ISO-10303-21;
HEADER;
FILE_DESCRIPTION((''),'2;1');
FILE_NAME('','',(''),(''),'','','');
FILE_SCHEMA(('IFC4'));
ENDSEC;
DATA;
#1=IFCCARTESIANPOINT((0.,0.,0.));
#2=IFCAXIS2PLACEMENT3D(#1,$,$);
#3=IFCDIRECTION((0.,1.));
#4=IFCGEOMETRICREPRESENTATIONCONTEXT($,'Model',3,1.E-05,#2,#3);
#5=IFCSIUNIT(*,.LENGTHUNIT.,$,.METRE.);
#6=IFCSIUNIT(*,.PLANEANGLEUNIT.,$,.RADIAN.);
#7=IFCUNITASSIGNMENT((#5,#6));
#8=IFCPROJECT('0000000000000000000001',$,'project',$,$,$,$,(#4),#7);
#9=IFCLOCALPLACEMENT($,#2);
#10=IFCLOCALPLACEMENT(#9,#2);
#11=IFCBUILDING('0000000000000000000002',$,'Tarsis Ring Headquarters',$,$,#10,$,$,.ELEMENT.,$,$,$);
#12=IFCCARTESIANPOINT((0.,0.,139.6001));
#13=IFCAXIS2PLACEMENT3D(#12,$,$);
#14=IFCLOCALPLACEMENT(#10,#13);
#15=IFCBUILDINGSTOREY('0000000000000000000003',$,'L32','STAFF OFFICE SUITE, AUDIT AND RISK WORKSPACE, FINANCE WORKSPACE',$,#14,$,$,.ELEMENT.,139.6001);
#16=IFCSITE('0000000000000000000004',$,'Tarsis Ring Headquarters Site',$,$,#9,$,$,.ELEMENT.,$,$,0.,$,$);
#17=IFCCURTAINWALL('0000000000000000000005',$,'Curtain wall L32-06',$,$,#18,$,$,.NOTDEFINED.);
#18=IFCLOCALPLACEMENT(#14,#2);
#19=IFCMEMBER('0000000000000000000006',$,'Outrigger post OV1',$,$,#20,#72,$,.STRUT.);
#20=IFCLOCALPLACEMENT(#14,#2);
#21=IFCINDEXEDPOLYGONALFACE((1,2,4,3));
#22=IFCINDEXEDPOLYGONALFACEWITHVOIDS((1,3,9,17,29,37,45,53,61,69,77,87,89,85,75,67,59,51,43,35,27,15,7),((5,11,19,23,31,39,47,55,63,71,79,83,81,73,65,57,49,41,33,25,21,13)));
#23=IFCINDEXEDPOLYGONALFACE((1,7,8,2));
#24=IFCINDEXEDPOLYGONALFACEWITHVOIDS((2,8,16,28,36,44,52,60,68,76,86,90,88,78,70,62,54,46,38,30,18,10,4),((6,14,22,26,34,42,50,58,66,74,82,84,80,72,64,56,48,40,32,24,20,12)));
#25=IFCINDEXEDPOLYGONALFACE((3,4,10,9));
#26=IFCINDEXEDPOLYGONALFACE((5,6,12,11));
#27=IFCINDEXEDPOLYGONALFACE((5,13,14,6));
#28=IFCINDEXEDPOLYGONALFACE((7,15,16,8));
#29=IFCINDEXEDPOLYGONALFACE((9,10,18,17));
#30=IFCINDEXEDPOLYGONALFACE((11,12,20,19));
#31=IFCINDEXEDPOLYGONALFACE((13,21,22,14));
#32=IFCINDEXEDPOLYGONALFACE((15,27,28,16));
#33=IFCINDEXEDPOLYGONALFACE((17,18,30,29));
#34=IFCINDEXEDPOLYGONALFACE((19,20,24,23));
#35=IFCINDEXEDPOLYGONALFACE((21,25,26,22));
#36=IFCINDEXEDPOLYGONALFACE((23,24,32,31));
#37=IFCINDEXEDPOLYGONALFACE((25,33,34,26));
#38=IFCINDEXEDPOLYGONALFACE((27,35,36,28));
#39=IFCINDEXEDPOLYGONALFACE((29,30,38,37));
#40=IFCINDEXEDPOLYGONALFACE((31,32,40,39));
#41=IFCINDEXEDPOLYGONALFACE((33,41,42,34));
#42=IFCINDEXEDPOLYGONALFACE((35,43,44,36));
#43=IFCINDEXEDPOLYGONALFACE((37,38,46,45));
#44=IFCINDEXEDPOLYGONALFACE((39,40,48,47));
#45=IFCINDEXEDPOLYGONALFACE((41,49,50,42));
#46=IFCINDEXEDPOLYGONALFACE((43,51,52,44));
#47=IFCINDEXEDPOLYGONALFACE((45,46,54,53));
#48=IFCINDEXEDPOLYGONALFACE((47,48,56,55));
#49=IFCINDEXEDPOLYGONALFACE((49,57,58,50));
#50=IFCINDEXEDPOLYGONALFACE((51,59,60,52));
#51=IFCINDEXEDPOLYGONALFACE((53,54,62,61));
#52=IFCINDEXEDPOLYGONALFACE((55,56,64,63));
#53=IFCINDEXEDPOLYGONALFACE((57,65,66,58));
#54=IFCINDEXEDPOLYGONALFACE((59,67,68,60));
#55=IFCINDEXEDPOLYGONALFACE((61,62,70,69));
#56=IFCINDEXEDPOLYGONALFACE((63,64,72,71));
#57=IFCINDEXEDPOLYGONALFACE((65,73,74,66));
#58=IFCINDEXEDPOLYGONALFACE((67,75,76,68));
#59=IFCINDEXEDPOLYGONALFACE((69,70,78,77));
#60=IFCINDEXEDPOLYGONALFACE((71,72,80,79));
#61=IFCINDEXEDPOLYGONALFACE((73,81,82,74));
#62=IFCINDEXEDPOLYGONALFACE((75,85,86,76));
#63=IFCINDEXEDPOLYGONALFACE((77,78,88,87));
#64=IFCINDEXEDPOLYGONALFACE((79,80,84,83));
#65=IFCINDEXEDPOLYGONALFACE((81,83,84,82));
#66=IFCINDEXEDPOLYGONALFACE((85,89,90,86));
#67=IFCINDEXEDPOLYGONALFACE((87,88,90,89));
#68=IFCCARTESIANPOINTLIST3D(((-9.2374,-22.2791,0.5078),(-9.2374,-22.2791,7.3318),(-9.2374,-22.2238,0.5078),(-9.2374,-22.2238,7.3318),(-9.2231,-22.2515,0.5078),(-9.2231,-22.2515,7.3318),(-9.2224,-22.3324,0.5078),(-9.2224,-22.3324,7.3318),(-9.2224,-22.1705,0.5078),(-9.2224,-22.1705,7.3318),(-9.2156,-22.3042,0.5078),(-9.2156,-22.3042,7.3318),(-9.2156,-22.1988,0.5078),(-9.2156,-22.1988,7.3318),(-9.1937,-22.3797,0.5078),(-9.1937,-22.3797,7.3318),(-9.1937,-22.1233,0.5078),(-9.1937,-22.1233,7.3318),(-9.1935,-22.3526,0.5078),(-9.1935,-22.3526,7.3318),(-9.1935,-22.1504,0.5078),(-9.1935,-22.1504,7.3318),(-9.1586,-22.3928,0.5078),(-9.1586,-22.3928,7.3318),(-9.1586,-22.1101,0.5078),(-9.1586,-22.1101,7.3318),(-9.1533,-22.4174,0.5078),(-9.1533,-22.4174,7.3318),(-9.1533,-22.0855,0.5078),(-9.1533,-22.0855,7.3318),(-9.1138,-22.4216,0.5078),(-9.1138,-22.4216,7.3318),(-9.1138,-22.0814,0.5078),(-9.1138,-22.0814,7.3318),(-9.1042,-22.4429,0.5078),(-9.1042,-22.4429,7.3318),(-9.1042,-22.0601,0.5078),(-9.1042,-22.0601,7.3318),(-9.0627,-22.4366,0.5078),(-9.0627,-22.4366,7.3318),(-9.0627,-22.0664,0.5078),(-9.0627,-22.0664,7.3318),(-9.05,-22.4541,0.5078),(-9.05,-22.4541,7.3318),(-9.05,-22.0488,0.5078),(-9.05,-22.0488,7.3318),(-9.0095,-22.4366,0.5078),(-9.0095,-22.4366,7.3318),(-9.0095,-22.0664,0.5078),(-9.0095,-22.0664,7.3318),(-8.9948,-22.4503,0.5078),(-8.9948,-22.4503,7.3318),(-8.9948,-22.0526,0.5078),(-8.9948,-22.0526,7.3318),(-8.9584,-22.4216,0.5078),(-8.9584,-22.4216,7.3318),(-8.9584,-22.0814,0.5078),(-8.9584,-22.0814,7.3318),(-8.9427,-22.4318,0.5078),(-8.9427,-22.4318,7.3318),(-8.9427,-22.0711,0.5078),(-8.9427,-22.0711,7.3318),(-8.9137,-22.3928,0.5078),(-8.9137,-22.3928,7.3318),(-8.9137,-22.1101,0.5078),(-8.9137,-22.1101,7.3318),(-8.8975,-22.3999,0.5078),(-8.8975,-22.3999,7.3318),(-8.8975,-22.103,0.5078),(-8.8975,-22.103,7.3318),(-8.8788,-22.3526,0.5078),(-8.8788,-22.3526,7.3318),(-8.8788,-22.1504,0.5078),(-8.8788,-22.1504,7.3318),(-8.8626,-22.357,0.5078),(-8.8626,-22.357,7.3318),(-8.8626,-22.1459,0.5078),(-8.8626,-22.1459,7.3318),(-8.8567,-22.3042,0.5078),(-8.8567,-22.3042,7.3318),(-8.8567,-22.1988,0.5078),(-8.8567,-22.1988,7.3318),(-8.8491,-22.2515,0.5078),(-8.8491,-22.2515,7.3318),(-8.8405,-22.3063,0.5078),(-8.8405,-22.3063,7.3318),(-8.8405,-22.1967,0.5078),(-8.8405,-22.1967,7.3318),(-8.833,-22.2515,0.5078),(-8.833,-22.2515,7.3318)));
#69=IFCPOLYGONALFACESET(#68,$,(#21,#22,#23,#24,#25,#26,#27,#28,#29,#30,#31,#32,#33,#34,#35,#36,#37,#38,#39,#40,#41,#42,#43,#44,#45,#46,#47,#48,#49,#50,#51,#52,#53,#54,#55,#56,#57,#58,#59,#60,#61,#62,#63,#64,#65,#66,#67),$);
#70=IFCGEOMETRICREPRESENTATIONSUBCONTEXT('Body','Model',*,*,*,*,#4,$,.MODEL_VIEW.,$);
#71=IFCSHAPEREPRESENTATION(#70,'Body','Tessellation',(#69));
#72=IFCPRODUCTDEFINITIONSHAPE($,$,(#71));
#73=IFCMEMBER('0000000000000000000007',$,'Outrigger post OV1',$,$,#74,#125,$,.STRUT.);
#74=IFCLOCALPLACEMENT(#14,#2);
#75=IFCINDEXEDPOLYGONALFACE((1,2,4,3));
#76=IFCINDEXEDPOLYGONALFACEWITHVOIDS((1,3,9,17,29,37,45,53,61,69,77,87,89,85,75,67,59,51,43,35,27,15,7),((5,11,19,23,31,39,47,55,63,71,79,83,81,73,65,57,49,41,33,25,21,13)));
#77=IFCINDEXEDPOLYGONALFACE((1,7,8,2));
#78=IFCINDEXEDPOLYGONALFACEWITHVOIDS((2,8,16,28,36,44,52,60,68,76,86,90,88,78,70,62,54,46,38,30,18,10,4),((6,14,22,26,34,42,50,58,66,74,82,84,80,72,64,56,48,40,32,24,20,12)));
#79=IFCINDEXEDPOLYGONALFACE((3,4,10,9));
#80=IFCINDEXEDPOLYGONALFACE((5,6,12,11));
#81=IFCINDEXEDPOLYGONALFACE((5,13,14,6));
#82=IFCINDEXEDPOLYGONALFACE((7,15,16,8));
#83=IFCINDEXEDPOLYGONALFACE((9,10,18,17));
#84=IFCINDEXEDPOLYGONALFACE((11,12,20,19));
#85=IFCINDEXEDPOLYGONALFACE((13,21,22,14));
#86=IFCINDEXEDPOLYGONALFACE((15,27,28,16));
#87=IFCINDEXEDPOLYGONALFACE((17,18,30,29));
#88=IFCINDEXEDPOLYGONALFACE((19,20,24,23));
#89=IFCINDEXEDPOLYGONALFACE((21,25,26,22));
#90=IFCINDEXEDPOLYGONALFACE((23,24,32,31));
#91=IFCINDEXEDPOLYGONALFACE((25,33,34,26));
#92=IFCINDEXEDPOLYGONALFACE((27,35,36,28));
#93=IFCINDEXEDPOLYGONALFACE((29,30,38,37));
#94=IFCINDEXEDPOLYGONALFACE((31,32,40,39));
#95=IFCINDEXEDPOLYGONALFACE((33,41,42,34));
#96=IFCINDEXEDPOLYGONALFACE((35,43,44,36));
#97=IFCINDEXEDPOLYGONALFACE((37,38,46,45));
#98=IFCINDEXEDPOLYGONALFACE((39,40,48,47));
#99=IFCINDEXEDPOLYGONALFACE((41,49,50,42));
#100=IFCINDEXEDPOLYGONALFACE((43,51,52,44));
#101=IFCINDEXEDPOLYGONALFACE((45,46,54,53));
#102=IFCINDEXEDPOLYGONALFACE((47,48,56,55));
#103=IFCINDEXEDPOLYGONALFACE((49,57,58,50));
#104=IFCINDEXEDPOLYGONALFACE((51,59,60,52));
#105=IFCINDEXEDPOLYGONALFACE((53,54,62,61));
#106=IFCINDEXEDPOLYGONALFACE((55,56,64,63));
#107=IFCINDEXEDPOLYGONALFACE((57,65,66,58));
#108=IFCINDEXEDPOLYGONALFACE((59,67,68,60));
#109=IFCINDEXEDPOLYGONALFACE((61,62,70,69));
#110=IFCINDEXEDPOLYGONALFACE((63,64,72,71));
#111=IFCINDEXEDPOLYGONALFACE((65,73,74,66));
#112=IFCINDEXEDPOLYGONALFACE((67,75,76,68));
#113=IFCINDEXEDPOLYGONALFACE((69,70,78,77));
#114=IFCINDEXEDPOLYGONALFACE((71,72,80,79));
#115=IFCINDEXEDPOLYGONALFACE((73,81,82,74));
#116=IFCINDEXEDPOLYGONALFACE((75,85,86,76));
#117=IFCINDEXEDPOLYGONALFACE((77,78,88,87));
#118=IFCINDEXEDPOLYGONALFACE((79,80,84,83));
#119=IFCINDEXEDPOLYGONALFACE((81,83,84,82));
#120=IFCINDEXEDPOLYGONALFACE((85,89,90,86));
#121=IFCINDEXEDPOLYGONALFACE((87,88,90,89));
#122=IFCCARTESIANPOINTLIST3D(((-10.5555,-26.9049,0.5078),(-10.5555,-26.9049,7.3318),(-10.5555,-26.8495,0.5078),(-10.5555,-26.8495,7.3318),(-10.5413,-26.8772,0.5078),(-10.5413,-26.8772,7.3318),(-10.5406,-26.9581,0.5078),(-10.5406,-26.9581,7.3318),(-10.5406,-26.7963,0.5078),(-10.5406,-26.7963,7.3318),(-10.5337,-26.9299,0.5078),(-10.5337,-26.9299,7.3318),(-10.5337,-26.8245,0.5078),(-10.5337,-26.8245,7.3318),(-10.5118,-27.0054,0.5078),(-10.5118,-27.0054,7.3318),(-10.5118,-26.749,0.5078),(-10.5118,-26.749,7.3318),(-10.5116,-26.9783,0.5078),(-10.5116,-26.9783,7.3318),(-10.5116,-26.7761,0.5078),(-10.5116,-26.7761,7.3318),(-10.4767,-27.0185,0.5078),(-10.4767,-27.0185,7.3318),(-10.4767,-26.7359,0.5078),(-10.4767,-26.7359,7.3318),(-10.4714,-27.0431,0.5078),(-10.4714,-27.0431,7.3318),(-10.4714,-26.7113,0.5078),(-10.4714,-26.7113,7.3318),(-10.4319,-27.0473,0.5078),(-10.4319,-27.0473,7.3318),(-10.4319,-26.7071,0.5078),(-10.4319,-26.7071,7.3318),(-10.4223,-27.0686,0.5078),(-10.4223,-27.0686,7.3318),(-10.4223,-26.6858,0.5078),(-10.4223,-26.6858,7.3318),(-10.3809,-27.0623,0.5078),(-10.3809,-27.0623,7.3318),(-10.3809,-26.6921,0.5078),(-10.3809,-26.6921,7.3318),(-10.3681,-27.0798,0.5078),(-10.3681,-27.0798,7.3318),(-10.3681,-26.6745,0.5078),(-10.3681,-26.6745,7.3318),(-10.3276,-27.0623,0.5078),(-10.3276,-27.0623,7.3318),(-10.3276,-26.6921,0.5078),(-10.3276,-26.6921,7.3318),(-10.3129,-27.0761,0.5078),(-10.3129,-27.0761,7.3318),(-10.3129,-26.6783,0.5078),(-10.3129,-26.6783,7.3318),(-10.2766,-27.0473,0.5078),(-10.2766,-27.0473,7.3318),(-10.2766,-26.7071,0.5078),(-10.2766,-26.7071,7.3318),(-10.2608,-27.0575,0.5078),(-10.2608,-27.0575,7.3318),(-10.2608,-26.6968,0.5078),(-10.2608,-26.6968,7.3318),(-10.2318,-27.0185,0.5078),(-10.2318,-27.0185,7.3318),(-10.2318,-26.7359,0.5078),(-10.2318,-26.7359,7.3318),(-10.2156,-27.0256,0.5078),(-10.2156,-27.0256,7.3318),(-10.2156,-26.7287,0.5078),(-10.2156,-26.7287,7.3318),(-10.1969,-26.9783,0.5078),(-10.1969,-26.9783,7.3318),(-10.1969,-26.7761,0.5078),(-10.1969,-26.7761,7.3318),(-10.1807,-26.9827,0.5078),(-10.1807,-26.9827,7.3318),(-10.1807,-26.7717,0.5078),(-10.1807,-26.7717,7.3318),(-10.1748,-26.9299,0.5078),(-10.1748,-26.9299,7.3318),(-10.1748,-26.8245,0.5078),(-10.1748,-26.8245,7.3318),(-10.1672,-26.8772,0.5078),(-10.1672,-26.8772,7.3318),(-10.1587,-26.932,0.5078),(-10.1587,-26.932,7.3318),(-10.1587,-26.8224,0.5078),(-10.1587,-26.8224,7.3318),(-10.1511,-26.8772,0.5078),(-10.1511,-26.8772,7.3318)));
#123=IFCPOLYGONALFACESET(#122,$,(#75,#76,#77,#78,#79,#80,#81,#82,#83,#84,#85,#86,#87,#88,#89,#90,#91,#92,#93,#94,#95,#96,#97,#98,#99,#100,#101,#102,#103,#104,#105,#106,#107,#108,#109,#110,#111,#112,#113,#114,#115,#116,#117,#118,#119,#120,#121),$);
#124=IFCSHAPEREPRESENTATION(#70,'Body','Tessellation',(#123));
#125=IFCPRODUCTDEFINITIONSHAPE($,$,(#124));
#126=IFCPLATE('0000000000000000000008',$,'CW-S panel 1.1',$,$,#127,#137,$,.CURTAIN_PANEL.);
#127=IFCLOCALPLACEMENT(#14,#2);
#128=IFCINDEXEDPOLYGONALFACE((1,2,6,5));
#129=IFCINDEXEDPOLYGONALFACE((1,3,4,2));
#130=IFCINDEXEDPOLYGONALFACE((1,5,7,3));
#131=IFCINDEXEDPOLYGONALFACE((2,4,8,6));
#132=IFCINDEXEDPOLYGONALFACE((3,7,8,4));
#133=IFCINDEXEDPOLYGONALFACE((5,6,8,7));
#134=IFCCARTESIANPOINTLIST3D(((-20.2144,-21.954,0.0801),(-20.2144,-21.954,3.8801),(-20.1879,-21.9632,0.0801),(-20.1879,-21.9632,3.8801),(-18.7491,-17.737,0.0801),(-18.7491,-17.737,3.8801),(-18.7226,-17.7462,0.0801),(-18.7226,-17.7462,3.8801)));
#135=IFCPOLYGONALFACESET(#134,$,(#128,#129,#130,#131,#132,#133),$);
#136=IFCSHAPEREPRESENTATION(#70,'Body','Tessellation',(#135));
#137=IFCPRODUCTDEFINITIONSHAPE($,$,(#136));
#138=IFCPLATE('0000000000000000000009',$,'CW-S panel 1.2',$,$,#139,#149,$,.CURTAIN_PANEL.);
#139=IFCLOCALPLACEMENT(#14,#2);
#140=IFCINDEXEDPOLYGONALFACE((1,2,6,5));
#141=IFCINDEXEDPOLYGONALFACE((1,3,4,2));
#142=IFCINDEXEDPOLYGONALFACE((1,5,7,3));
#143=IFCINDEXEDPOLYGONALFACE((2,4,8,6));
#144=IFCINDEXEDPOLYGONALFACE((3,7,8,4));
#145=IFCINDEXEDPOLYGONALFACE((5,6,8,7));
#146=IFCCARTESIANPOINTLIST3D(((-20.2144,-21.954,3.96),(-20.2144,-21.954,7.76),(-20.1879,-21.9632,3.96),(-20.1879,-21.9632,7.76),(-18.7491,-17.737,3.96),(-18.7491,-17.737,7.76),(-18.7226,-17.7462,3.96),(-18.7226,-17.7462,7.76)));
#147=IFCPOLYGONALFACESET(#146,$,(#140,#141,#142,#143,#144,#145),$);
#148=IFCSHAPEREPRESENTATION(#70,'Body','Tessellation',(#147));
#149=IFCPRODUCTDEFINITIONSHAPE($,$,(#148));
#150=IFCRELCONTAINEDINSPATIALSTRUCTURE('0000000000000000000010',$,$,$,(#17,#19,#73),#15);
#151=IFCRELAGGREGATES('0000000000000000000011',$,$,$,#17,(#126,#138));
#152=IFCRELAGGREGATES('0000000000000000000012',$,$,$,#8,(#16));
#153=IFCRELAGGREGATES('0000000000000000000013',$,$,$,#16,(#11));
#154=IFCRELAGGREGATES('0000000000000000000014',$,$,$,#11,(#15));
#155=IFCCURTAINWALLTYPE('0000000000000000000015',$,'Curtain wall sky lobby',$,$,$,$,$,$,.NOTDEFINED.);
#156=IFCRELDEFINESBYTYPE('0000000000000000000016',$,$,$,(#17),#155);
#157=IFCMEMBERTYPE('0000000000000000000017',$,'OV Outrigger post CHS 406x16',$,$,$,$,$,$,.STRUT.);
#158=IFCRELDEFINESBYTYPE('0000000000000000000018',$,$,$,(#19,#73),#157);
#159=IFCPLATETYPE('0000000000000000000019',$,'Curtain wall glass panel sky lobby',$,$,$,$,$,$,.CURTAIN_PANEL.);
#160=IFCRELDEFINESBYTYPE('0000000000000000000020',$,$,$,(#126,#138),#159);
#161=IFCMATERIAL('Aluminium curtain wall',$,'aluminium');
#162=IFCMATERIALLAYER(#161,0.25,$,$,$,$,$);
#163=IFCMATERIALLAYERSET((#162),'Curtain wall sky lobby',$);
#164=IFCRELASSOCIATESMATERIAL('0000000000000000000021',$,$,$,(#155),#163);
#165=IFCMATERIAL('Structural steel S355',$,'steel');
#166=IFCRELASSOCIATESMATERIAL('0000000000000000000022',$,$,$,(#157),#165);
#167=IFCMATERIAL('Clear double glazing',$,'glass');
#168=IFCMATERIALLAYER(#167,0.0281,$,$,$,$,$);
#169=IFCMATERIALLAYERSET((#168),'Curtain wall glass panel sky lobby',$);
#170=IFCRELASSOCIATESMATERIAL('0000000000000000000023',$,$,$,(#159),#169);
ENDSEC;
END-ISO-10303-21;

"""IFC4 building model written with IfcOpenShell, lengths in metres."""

from ifc_helpers import new_model, si_unit, direction, frame, origin, origin_2d, place, context, subcontext, project, spatial, rectangle, hollow_circle, extrude, material, layer, layer_set, material_profile, profile_set, type_object, element, aggregate, save


model = new_model("IFC4")

# Units and contexts
model_context = context("Model", 3, precision=1e-05, world=origin(), true_north=direction((0.0, 1.0)))
body_context = subcontext(model_context, "Body", "Model", "MODEL_VIEW")
ifc_project = project(units=[si_unit("LENGTHUNIT", "METRE"), si_unit("PLANEANGLEUNIT", "RADIAN")], contexts=[model_context])

# Site, building, storey
site_placement = place(None, origin())
site = spatial("IfcSite", under=ifc_project, at=site_placement, Name="Tarsis Ring Headquarters Site", CompositionType="ELEMENT", RefElevation=0.0)
building_placement = place(site_placement, origin())
building = spatial("IfcBuilding", under=site, at=building_placement, Name="Tarsis Ring Headquarters", CompositionType="ELEMENT")
storey_placement = place(building_placement, frame((0.0, 0.0, 139.6001)))
storey = spatial("IfcBuildingStorey", under=building, at=storey_placement, Name="L32", Description="STAFF OFFICE SUITE, AUDIT AND RISK WORKSPACE, FINANCE WORKSPACE", CompositionType="ELEMENT", Elevation=139.6001)

# Shared definitions
ifc_material_1 = material(Name="Aluminium curtain wall", Category="aluminium")
ifc_layer_1 = layer(ifc_material_1, 0.25)
ifc_layer_set_1 = layer_set([ifc_layer_1], Name="Curtain wall sky lobby")
curtain_wall_type = type_object("IfcCurtainWallType", Name="Curtain wall sky lobby", PredefinedType="NOTDEFINED", material=ifc_layer_set_1)

# Curtain wall
curtain_wall_1_placement = place(storey_placement, origin())
curtain_wall_1 = element("IfcCurtainWall", 1, at=curtain_wall_1_placement, inside=storey, type_object=curtain_wall_type, Name="Curtain wall L32-06", PredefinedType="NOTDEFINED")

# Members
ifc_material_2 = material(Name="Structural steel S355", Category="steel")
ifc_material_profile_1 = material_profile(ifc_material_2, hollow_circle(Radius=0.2031, WallThickness=0.0161, at=origin_2d()), Name="CHS 406x16")
ifc_profile_set_1 = profile_set([ifc_material_profile_1], Name="Structural steel S355")
member_type_1 = type_object("IfcMemberType", Name="OV Outrigger post CHS 406x16", PredefinedType="STRUT", material=ifc_profile_set_1)
for number, where, z_axis, x_axis, name in (
    (2, (-9.0361, -22.2515, 0.5078), (0.0, 0.0, 1.0), (1.0, 0.0, 0.0), "Outrigger post OV1"),
    (3, (-10.3542, -26.8772, 0.5078), (0.0, 0.0, 1.0), (1.0, 0.0, 0.0), "Outrigger post OV1"),
):
    element("IfcMember", number, at=place(storey_placement, frame(where, z_axis=z_axis, x_axis=x_axis)), inside=storey, type_object=member_type_1, Name=name, PredefinedType="STRUT", context=body_context, shape_type="SweptSolid", body=[
        extrude(hollow_circle(Radius=0.2031, WallThickness=0.0161, at=origin_2d()), origin(), (0.0, 0.0, 1.0), 6.824),
    ])

# Plates
ifc_material_3 = material(Name="Clear double glazing", Category="glass")
ifc_layer_2 = layer(ifc_material_3, 0.0281)
ifc_layer_set_2 = layer_set([ifc_layer_2], Name="Curtain wall glass panel sky lobby")
plate_type = type_object("IfcPlateType", Name="Curtain wall glass panel sky lobby", PredefinedType="CURTAIN_PANEL", material=ifc_layer_set_2)
plate_1_placement = place(storey_placement, frame((-19.4685, -19.8501, 0.0801), z_axis=(0.0, 0.0, 1.0), x_axis=(-0.328207, -0.944606, 0.0)))
plate_1 = element("IfcPlate", 4, at=plate_1_placement, type_object=plate_type, Name="CW-S panel 1.1", PredefinedType="CURTAIN_PANEL", context=body_context, shape_type="SweptSolid", body=[
    extrude(rectangle(XDim=4.4644, YDim=0.0281, at=origin_2d()), origin(), (0.0, 0.0, 1.0), 3.8),
])
plate_2_placement = place(storey_placement, frame((-19.4685, -19.8501, 3.96), z_axis=(0.0, 0.0, 1.0), x_axis=(-0.328207, -0.944606, 0.0)))
plate_2 = element("IfcPlate", 5, at=plate_2_placement, type_object=plate_type, Name="CW-S panel 1.2", PredefinedType="CURTAIN_PANEL", context=body_context, shape_type="SweptSolid", body=[
    extrude(rectangle(XDim=4.4644, YDim=0.0281, at=origin_2d()), origin(), (0.0, 0.0, 1.0), 3.8),
])
aggregate(curtain_wall_1, [plate_1, plate_2])

save(model, "model.ifc")
